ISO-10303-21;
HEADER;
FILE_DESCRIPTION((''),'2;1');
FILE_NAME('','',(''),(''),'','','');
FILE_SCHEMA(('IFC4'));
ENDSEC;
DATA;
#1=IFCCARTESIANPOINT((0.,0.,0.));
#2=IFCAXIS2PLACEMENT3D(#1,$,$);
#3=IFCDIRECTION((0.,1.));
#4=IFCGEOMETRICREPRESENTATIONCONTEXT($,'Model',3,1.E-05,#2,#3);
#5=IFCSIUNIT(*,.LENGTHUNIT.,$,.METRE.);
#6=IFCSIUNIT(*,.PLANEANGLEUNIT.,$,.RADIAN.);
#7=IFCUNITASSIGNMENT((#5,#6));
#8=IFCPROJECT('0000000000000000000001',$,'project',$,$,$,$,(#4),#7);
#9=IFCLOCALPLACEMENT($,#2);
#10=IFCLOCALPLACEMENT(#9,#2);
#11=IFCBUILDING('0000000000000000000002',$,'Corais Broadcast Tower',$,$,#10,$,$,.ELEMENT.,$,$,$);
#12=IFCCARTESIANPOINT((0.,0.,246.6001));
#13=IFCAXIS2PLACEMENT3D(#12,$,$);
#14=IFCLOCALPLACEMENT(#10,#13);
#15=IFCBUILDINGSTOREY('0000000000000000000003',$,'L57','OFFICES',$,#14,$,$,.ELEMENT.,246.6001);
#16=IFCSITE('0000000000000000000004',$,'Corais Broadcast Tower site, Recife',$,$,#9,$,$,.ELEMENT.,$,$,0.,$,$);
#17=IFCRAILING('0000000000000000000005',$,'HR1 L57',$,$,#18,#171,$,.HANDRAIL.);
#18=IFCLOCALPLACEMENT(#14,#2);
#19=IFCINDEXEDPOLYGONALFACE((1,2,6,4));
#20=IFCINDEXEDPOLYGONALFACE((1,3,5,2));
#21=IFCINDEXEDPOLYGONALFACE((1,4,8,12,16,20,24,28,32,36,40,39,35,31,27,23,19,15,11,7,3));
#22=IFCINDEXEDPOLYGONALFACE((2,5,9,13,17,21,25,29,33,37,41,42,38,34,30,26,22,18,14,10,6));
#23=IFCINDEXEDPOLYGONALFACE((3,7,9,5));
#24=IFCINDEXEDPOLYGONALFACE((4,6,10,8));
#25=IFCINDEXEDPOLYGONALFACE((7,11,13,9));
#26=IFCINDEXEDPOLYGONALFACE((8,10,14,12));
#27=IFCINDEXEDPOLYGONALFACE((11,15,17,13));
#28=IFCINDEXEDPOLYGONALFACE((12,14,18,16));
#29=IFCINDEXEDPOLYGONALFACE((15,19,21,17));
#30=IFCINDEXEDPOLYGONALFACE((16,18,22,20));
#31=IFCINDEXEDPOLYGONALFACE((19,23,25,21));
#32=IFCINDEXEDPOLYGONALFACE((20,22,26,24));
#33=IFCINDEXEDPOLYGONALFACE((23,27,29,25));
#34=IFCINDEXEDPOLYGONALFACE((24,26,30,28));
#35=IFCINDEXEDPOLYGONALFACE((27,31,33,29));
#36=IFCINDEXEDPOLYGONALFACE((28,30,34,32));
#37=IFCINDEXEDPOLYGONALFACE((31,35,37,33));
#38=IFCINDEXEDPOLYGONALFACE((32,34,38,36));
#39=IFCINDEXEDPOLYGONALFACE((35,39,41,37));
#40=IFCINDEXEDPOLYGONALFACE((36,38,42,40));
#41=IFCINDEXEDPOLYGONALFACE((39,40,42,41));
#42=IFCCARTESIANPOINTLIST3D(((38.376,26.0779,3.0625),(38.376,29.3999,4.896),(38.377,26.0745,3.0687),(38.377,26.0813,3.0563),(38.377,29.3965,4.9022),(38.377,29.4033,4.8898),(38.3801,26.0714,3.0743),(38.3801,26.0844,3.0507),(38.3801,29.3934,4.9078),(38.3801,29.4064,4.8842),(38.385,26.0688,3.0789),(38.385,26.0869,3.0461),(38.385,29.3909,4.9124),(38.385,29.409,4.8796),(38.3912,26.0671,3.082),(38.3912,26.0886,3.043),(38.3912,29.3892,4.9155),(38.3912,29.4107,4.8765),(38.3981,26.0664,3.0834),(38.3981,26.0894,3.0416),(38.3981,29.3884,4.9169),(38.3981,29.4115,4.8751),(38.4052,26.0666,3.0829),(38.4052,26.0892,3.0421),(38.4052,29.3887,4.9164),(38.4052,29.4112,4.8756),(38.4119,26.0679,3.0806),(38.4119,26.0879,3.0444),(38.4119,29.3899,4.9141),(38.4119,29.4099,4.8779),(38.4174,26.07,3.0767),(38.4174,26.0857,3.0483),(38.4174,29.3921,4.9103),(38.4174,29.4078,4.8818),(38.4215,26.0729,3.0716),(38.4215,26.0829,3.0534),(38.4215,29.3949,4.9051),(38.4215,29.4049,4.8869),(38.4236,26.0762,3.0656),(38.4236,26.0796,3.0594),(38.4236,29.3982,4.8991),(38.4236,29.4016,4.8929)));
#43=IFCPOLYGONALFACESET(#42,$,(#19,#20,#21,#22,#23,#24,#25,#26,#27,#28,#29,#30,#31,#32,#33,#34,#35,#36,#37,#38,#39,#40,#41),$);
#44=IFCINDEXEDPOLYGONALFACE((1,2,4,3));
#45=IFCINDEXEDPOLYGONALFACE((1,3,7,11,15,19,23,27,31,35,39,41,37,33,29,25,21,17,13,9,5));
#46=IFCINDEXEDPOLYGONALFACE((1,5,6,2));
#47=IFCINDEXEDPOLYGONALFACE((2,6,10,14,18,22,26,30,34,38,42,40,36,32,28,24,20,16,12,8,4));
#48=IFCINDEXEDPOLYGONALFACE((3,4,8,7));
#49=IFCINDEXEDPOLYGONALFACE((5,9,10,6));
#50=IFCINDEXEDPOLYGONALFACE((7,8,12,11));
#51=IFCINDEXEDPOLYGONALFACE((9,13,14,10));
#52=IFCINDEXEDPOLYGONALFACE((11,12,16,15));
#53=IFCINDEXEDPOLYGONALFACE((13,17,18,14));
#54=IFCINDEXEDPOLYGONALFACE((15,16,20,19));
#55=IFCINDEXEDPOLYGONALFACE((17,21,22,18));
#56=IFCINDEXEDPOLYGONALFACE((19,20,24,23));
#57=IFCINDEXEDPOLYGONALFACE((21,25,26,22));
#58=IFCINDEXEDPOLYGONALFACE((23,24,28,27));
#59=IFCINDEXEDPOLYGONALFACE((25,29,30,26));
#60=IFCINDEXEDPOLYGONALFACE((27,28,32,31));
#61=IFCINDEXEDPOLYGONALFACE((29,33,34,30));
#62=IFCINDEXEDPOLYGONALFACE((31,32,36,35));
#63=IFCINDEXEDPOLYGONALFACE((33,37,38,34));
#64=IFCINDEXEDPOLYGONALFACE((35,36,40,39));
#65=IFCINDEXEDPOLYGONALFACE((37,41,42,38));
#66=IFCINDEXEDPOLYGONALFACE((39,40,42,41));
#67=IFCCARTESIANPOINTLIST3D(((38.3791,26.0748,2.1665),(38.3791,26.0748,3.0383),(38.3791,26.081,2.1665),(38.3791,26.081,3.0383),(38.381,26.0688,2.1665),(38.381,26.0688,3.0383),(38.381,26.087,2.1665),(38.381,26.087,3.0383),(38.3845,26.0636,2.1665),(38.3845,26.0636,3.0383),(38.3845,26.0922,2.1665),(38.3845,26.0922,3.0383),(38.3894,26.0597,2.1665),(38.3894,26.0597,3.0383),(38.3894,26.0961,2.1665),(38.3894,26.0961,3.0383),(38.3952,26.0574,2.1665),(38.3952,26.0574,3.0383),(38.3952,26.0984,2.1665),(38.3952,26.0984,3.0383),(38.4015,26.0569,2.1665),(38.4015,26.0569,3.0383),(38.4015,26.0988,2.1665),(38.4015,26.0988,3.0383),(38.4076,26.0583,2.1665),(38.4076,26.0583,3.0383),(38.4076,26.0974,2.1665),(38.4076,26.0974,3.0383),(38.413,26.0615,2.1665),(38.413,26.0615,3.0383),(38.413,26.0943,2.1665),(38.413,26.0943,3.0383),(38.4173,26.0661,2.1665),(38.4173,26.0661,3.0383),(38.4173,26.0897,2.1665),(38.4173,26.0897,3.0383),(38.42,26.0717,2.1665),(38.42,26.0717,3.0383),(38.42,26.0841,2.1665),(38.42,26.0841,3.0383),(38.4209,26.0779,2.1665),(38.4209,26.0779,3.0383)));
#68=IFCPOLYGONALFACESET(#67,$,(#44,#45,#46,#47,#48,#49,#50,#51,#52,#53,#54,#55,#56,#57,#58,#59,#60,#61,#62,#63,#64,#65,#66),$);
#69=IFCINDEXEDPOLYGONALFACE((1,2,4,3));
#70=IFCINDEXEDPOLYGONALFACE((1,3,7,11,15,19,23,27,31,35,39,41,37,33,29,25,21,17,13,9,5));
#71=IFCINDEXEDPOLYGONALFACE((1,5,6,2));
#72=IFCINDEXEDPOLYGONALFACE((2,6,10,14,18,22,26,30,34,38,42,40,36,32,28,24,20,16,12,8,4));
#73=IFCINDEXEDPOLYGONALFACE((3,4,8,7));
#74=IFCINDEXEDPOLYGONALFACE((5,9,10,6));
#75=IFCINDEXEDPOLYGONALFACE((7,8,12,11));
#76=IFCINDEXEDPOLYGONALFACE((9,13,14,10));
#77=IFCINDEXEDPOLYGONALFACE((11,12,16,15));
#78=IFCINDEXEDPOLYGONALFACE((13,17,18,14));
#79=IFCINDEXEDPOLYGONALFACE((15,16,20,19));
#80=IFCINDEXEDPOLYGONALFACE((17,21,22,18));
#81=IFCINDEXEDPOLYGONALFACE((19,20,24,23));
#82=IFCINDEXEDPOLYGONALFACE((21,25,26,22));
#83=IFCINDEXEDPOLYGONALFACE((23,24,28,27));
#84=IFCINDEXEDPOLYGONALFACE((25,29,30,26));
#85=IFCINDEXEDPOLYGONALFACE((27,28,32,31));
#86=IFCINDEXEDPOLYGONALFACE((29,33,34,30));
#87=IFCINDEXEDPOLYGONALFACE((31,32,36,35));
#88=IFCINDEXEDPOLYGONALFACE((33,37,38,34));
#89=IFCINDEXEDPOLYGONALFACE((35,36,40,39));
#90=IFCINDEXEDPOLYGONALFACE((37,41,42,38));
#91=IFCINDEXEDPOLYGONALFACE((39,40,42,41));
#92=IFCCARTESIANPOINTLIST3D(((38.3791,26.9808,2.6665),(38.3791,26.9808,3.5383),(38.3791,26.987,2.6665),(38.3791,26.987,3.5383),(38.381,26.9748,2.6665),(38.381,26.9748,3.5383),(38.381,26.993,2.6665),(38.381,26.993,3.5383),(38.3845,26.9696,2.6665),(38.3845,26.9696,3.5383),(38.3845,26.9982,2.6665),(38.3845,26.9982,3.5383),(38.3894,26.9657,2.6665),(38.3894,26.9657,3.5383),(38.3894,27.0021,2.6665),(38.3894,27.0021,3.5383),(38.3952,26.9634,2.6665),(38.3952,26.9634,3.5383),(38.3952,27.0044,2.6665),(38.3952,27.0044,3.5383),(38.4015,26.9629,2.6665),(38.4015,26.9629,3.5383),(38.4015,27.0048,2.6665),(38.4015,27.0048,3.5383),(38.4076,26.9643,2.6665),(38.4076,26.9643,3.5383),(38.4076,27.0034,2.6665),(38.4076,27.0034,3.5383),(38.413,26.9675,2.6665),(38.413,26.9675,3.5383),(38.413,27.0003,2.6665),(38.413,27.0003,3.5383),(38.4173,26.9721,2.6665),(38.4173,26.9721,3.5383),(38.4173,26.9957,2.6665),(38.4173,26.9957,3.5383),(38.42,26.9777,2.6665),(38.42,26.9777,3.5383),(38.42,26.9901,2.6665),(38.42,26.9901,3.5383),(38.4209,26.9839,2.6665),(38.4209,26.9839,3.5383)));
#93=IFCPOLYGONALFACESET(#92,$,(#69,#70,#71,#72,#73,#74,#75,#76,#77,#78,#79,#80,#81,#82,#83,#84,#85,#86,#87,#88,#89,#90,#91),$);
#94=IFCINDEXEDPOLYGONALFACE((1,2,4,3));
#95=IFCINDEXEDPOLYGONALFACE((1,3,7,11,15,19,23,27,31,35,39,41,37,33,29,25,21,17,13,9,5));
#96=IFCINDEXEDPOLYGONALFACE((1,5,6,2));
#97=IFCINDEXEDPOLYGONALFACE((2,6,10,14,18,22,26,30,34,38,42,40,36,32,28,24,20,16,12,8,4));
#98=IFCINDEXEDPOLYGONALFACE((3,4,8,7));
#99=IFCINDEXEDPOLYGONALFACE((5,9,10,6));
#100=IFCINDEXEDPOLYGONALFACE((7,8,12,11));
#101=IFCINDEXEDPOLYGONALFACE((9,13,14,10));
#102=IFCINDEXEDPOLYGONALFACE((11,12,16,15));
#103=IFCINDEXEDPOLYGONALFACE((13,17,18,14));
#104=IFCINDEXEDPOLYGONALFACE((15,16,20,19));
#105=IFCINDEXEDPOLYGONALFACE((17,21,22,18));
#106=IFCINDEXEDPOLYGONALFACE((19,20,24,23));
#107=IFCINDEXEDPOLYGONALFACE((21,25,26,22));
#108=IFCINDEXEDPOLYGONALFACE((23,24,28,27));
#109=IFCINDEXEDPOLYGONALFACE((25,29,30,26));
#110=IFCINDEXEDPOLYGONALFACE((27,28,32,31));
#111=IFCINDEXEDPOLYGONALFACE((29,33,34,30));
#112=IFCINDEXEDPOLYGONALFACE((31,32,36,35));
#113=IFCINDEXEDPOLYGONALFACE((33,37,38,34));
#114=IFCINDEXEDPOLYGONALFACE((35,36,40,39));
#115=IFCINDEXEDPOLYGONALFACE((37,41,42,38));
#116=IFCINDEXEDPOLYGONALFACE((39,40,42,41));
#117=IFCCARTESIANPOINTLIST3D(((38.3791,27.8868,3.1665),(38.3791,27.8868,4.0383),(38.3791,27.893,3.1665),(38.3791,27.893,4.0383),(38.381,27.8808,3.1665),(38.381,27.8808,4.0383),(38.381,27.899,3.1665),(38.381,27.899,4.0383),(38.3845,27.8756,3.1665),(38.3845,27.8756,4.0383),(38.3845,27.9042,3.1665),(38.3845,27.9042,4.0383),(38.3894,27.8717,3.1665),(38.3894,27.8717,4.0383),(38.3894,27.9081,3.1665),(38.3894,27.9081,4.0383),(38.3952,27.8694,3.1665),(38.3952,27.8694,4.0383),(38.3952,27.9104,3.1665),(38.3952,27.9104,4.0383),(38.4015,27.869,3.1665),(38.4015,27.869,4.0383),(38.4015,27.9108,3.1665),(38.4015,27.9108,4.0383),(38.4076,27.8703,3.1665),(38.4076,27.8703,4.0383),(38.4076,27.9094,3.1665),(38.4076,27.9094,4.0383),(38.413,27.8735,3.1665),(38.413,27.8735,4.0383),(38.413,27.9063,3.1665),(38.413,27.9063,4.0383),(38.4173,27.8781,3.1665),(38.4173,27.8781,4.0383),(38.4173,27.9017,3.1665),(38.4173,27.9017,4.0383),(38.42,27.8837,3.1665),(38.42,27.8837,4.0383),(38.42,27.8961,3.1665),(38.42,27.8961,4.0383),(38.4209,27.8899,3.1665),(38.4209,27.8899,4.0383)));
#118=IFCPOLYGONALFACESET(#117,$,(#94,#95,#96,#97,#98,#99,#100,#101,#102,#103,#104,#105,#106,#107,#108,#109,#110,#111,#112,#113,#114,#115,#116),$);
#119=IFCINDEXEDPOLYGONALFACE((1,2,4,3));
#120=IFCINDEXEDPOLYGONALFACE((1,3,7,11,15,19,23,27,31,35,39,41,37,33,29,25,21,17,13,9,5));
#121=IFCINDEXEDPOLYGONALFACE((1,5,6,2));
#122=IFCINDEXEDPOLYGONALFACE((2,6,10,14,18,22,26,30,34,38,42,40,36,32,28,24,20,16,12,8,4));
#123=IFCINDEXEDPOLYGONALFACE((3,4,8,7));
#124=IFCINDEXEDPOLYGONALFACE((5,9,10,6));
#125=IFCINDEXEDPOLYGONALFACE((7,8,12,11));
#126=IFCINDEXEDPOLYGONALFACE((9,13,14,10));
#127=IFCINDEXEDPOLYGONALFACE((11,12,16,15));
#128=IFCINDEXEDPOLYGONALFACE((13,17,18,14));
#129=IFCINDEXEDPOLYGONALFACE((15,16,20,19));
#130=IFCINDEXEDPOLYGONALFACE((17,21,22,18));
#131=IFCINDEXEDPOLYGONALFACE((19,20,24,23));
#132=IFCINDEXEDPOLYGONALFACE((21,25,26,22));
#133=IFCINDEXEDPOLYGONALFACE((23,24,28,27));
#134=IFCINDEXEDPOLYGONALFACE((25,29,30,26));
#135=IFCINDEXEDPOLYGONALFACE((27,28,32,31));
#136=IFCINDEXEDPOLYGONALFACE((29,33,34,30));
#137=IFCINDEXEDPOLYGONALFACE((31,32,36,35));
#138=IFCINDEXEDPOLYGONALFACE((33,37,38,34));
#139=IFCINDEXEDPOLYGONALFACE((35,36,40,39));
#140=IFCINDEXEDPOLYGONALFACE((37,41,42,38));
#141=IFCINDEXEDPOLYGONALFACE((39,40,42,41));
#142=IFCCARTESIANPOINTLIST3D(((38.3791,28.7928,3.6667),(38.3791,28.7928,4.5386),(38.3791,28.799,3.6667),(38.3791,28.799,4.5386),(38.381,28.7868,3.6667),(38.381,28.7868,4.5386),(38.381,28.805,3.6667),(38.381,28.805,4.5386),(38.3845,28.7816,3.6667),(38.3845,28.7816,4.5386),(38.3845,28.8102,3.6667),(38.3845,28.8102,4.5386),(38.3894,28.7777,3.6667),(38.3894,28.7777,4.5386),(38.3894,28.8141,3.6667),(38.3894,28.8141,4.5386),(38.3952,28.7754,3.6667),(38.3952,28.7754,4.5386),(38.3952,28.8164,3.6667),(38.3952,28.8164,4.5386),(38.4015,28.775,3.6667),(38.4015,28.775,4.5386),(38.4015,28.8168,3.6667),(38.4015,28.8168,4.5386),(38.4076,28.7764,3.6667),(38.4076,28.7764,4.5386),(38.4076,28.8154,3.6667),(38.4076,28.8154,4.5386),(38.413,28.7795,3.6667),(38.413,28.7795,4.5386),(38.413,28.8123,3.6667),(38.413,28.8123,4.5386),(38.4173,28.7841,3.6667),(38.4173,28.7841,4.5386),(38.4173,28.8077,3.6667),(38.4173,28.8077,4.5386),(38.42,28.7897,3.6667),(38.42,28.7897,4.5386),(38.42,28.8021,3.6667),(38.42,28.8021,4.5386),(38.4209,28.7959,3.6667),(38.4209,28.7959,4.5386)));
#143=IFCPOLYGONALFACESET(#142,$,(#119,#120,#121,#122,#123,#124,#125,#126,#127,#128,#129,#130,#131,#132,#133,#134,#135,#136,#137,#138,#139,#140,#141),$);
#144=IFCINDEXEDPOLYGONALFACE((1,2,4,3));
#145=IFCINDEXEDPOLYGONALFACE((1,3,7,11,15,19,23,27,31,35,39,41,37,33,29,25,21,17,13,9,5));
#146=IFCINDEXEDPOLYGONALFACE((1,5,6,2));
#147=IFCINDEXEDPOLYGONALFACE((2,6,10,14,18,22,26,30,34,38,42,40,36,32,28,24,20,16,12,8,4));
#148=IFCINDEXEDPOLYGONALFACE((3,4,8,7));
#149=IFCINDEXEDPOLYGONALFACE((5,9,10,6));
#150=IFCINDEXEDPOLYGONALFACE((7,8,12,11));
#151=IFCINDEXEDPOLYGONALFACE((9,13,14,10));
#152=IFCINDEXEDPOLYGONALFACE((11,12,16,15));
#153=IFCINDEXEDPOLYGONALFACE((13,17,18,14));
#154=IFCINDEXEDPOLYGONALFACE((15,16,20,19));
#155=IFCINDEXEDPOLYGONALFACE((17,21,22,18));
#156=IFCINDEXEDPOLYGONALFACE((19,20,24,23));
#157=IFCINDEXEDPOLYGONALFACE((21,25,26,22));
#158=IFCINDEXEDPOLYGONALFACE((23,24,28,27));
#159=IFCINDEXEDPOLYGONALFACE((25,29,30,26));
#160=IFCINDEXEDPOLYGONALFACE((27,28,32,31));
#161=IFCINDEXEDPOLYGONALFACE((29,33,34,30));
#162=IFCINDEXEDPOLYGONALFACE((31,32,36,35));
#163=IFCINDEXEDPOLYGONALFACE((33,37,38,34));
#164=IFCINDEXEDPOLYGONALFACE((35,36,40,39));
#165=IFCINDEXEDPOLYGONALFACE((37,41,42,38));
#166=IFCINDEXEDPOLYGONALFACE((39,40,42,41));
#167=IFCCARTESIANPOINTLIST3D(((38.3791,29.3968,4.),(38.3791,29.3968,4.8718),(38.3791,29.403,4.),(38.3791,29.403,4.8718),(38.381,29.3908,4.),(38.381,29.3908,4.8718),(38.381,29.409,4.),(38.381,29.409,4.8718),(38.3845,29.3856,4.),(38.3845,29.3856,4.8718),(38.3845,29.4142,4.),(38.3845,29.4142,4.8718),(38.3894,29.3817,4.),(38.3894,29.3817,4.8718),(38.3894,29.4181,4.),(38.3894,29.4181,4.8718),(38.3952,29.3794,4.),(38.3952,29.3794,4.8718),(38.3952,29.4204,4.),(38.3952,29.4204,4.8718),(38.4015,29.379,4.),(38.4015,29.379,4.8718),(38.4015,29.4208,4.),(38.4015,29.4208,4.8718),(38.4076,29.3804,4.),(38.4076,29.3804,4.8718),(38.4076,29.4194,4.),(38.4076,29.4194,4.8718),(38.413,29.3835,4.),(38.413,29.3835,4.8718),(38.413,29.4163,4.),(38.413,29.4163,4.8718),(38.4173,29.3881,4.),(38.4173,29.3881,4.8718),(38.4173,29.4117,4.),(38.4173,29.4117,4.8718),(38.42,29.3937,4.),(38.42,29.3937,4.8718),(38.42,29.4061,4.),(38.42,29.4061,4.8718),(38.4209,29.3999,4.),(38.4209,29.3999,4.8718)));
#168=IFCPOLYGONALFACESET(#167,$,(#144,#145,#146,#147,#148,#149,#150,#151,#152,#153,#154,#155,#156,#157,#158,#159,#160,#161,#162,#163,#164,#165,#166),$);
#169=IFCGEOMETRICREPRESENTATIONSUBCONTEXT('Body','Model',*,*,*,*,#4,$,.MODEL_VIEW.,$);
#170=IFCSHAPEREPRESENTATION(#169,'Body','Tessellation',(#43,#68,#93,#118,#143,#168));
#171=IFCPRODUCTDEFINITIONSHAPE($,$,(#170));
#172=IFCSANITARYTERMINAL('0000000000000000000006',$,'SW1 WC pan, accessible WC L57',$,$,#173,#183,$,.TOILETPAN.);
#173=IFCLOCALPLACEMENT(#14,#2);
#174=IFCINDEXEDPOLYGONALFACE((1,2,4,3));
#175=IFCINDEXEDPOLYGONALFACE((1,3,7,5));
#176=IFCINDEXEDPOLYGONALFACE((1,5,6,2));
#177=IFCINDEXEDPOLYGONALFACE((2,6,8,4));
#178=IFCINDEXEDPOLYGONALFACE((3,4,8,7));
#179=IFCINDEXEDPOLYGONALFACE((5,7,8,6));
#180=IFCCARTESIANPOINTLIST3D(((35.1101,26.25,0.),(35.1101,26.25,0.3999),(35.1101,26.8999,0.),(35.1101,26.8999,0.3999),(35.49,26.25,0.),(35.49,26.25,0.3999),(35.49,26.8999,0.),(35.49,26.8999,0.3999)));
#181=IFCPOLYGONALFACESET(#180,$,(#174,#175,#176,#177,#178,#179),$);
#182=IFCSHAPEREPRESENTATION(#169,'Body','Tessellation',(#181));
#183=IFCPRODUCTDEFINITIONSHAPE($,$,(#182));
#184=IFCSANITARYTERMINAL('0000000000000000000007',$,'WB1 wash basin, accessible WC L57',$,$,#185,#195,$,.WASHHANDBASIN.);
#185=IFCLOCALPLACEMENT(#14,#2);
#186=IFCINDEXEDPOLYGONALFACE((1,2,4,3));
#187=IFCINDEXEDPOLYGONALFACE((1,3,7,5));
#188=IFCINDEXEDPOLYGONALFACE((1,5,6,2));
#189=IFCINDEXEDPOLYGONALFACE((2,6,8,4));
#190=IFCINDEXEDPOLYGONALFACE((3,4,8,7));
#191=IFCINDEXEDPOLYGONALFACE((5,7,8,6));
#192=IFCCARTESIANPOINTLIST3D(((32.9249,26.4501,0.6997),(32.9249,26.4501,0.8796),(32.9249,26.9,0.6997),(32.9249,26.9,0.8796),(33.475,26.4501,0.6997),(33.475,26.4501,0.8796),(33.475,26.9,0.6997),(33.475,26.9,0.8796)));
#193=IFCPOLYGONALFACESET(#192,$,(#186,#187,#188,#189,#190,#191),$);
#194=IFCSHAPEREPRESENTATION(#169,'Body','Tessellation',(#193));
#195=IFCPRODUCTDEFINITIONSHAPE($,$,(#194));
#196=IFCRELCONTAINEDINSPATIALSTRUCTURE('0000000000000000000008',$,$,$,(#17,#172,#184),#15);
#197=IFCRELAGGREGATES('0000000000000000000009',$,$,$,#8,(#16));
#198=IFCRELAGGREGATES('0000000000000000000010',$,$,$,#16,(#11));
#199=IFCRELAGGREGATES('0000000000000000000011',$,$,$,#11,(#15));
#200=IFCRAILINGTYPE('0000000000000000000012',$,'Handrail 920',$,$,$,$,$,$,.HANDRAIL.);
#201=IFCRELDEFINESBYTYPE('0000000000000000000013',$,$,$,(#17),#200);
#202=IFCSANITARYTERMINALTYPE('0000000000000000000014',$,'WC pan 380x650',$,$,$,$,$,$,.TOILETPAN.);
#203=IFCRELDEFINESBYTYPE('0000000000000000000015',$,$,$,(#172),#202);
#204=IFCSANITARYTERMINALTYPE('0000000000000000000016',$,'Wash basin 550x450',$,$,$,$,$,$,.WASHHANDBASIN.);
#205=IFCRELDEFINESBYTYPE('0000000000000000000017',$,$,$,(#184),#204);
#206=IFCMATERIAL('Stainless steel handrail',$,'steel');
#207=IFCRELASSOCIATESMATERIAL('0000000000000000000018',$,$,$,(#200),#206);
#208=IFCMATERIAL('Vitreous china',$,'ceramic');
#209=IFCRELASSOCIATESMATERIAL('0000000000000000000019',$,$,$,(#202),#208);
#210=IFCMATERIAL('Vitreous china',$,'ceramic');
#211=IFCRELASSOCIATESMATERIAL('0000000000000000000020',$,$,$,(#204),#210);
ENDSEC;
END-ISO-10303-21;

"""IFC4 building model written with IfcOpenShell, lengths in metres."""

from ifc_helpers import new_model, si_unit, direction, frame, origin, origin_2d, place, context, subcontext, project, spatial, rectangle, circle, extrude, material, type_object, element, save


model = new_model("IFC4")

# Units and contexts
model_context = context("Model", 3, precision=1e-05, world=origin(), true_north=direction((0.0, 1.0)))
body_context = subcontext(model_context, "Body", "Model", "MODEL_VIEW")
ifc_project = project(units=[si_unit("LENGTHUNIT", "METRE"), si_unit("PLANEANGLEUNIT", "RADIAN")], contexts=[model_context])

# Site, building, storey
site_placement = place(None, origin())
site = spatial("IfcSite", under=ifc_project, at=site_placement, Name="Corais Broadcast Tower site, Recife", CompositionType="ELEMENT", RefElevation=0.0)
building_placement = place(site_placement, origin())
building = spatial("IfcBuilding", under=site, at=building_placement, Name="Corais Broadcast Tower", CompositionType="ELEMENT")
storey_placement = place(building_placement, frame((0.0, 0.0, 246.6001)))
storey = spatial("IfcBuildingStorey", under=building, at=storey_placement, Name="L57", Description="OFFICES", CompositionType="ELEMENT", Elevation=246.6001)

# Railing
ifc_material_1 = material(Name="Stainless steel handrail", Category="steel")
railing_type = type_object("IfcRailingType", Name="Handrail 920", PredefinedType="HANDRAIL", material=ifc_material_1)
for number, where, name in (
    (1, (38.3999, 26.0779, 2.1665), "HR1 L57"),
):
    element("IfcRailing", number, at=place(storey_placement, frame(where)), inside=storey, type_object=railing_type, Name=name, PredefinedType="HANDRAIL", context=body_context, shape_type="SweptSolid", body=[
        extrude(circle(Radius=0.0239, at=origin_2d()), frame((0.0, 0.0, 0.896), z_axis=(0.0, 0.875504, 0.48321), x_axis=(-1.0, 0.0, 0.0)), (0.0, 0.0, 1.0), 3.7944),
        extrude(circle(Radius=0.021, at=origin_2d()), origin(), (0.0, 0.0, 1.0), 0.8718),
        extrude(circle(Radius=0.021, at=origin_2d()), frame((0.0, 0.906, 0.5)), (0.0, 0.0, 1.0), 0.8718),
        extrude(circle(Radius=0.021, at=origin_2d()), frame((0.0, 1.812, 1.0)), (0.0, 0.0, 1.0), 0.8718),
        extrude(circle(Radius=0.021, at=origin_2d()), frame((0.0, 2.718, 1.5002)), (0.0, 0.0, 1.0), 0.8718),
        extrude(circle(Radius=0.021, at=origin_2d()), frame((0.0, 3.322, 1.8335)), (0.0, 0.0, 1.0), 0.8718),
    ])

# Sanitary terminals
ifc_material_2 = material(Name="Vitreous china", Category="ceramic")
sanitary_terminal_type_1 = type_object("IfcSanitaryTerminalType", Name="WC pan 380x650", PredefinedType="TOILETPAN", material=ifc_material_2)
sanitary_terminal_1_placement = place(storey_placement, frame((35.3, 26.575, 0.0), z_axis=(0.0, 0.0, 1.0), x_axis=(1.0, 0.0, 0.0)))
element("IfcSanitaryTerminal", 2, at=sanitary_terminal_1_placement, inside=storey, type_object=sanitary_terminal_type_1, Name="SW1 WC pan, accessible WC L57", PredefinedType="TOILETPAN", context=body_context, shape_type="SweptSolid", body=[
    extrude(rectangle(XDim=0.3799, YDim=0.6499, at=origin_2d()), origin(), (0.0, 0.0, 1.0), 0.3999),
])
ifc_material_3 = material(Name="Vitreous china", Category="ceramic")
sanitary_terminal_type_2 = type_object("IfcSanitaryTerminalType", Name="Wash basin 550x450", PredefinedType="WASHHANDBASIN", material=ifc_material_3)
sanitary_terminal_2_placement = place(storey_placement, frame((33.2, 26.675, 0.6997), z_axis=(0.0, 0.0, 1.0), x_axis=(1.0, 0.0, 0.0)))
element("IfcSanitaryTerminal", 3, at=sanitary_terminal_2_placement, inside=storey, type_object=sanitary_terminal_type_2, Name="WB1 wash basin, accessible WC L57", PredefinedType="WASHHANDBASIN", context=body_context, shape_type="SweptSolid", body=[
    extrude(rectangle(XDim=0.55, YDim=0.45, at=origin_2d()), origin(), (0.0, 0.0, 1.0), 0.1799),
])

save(model, "model.ifc")
